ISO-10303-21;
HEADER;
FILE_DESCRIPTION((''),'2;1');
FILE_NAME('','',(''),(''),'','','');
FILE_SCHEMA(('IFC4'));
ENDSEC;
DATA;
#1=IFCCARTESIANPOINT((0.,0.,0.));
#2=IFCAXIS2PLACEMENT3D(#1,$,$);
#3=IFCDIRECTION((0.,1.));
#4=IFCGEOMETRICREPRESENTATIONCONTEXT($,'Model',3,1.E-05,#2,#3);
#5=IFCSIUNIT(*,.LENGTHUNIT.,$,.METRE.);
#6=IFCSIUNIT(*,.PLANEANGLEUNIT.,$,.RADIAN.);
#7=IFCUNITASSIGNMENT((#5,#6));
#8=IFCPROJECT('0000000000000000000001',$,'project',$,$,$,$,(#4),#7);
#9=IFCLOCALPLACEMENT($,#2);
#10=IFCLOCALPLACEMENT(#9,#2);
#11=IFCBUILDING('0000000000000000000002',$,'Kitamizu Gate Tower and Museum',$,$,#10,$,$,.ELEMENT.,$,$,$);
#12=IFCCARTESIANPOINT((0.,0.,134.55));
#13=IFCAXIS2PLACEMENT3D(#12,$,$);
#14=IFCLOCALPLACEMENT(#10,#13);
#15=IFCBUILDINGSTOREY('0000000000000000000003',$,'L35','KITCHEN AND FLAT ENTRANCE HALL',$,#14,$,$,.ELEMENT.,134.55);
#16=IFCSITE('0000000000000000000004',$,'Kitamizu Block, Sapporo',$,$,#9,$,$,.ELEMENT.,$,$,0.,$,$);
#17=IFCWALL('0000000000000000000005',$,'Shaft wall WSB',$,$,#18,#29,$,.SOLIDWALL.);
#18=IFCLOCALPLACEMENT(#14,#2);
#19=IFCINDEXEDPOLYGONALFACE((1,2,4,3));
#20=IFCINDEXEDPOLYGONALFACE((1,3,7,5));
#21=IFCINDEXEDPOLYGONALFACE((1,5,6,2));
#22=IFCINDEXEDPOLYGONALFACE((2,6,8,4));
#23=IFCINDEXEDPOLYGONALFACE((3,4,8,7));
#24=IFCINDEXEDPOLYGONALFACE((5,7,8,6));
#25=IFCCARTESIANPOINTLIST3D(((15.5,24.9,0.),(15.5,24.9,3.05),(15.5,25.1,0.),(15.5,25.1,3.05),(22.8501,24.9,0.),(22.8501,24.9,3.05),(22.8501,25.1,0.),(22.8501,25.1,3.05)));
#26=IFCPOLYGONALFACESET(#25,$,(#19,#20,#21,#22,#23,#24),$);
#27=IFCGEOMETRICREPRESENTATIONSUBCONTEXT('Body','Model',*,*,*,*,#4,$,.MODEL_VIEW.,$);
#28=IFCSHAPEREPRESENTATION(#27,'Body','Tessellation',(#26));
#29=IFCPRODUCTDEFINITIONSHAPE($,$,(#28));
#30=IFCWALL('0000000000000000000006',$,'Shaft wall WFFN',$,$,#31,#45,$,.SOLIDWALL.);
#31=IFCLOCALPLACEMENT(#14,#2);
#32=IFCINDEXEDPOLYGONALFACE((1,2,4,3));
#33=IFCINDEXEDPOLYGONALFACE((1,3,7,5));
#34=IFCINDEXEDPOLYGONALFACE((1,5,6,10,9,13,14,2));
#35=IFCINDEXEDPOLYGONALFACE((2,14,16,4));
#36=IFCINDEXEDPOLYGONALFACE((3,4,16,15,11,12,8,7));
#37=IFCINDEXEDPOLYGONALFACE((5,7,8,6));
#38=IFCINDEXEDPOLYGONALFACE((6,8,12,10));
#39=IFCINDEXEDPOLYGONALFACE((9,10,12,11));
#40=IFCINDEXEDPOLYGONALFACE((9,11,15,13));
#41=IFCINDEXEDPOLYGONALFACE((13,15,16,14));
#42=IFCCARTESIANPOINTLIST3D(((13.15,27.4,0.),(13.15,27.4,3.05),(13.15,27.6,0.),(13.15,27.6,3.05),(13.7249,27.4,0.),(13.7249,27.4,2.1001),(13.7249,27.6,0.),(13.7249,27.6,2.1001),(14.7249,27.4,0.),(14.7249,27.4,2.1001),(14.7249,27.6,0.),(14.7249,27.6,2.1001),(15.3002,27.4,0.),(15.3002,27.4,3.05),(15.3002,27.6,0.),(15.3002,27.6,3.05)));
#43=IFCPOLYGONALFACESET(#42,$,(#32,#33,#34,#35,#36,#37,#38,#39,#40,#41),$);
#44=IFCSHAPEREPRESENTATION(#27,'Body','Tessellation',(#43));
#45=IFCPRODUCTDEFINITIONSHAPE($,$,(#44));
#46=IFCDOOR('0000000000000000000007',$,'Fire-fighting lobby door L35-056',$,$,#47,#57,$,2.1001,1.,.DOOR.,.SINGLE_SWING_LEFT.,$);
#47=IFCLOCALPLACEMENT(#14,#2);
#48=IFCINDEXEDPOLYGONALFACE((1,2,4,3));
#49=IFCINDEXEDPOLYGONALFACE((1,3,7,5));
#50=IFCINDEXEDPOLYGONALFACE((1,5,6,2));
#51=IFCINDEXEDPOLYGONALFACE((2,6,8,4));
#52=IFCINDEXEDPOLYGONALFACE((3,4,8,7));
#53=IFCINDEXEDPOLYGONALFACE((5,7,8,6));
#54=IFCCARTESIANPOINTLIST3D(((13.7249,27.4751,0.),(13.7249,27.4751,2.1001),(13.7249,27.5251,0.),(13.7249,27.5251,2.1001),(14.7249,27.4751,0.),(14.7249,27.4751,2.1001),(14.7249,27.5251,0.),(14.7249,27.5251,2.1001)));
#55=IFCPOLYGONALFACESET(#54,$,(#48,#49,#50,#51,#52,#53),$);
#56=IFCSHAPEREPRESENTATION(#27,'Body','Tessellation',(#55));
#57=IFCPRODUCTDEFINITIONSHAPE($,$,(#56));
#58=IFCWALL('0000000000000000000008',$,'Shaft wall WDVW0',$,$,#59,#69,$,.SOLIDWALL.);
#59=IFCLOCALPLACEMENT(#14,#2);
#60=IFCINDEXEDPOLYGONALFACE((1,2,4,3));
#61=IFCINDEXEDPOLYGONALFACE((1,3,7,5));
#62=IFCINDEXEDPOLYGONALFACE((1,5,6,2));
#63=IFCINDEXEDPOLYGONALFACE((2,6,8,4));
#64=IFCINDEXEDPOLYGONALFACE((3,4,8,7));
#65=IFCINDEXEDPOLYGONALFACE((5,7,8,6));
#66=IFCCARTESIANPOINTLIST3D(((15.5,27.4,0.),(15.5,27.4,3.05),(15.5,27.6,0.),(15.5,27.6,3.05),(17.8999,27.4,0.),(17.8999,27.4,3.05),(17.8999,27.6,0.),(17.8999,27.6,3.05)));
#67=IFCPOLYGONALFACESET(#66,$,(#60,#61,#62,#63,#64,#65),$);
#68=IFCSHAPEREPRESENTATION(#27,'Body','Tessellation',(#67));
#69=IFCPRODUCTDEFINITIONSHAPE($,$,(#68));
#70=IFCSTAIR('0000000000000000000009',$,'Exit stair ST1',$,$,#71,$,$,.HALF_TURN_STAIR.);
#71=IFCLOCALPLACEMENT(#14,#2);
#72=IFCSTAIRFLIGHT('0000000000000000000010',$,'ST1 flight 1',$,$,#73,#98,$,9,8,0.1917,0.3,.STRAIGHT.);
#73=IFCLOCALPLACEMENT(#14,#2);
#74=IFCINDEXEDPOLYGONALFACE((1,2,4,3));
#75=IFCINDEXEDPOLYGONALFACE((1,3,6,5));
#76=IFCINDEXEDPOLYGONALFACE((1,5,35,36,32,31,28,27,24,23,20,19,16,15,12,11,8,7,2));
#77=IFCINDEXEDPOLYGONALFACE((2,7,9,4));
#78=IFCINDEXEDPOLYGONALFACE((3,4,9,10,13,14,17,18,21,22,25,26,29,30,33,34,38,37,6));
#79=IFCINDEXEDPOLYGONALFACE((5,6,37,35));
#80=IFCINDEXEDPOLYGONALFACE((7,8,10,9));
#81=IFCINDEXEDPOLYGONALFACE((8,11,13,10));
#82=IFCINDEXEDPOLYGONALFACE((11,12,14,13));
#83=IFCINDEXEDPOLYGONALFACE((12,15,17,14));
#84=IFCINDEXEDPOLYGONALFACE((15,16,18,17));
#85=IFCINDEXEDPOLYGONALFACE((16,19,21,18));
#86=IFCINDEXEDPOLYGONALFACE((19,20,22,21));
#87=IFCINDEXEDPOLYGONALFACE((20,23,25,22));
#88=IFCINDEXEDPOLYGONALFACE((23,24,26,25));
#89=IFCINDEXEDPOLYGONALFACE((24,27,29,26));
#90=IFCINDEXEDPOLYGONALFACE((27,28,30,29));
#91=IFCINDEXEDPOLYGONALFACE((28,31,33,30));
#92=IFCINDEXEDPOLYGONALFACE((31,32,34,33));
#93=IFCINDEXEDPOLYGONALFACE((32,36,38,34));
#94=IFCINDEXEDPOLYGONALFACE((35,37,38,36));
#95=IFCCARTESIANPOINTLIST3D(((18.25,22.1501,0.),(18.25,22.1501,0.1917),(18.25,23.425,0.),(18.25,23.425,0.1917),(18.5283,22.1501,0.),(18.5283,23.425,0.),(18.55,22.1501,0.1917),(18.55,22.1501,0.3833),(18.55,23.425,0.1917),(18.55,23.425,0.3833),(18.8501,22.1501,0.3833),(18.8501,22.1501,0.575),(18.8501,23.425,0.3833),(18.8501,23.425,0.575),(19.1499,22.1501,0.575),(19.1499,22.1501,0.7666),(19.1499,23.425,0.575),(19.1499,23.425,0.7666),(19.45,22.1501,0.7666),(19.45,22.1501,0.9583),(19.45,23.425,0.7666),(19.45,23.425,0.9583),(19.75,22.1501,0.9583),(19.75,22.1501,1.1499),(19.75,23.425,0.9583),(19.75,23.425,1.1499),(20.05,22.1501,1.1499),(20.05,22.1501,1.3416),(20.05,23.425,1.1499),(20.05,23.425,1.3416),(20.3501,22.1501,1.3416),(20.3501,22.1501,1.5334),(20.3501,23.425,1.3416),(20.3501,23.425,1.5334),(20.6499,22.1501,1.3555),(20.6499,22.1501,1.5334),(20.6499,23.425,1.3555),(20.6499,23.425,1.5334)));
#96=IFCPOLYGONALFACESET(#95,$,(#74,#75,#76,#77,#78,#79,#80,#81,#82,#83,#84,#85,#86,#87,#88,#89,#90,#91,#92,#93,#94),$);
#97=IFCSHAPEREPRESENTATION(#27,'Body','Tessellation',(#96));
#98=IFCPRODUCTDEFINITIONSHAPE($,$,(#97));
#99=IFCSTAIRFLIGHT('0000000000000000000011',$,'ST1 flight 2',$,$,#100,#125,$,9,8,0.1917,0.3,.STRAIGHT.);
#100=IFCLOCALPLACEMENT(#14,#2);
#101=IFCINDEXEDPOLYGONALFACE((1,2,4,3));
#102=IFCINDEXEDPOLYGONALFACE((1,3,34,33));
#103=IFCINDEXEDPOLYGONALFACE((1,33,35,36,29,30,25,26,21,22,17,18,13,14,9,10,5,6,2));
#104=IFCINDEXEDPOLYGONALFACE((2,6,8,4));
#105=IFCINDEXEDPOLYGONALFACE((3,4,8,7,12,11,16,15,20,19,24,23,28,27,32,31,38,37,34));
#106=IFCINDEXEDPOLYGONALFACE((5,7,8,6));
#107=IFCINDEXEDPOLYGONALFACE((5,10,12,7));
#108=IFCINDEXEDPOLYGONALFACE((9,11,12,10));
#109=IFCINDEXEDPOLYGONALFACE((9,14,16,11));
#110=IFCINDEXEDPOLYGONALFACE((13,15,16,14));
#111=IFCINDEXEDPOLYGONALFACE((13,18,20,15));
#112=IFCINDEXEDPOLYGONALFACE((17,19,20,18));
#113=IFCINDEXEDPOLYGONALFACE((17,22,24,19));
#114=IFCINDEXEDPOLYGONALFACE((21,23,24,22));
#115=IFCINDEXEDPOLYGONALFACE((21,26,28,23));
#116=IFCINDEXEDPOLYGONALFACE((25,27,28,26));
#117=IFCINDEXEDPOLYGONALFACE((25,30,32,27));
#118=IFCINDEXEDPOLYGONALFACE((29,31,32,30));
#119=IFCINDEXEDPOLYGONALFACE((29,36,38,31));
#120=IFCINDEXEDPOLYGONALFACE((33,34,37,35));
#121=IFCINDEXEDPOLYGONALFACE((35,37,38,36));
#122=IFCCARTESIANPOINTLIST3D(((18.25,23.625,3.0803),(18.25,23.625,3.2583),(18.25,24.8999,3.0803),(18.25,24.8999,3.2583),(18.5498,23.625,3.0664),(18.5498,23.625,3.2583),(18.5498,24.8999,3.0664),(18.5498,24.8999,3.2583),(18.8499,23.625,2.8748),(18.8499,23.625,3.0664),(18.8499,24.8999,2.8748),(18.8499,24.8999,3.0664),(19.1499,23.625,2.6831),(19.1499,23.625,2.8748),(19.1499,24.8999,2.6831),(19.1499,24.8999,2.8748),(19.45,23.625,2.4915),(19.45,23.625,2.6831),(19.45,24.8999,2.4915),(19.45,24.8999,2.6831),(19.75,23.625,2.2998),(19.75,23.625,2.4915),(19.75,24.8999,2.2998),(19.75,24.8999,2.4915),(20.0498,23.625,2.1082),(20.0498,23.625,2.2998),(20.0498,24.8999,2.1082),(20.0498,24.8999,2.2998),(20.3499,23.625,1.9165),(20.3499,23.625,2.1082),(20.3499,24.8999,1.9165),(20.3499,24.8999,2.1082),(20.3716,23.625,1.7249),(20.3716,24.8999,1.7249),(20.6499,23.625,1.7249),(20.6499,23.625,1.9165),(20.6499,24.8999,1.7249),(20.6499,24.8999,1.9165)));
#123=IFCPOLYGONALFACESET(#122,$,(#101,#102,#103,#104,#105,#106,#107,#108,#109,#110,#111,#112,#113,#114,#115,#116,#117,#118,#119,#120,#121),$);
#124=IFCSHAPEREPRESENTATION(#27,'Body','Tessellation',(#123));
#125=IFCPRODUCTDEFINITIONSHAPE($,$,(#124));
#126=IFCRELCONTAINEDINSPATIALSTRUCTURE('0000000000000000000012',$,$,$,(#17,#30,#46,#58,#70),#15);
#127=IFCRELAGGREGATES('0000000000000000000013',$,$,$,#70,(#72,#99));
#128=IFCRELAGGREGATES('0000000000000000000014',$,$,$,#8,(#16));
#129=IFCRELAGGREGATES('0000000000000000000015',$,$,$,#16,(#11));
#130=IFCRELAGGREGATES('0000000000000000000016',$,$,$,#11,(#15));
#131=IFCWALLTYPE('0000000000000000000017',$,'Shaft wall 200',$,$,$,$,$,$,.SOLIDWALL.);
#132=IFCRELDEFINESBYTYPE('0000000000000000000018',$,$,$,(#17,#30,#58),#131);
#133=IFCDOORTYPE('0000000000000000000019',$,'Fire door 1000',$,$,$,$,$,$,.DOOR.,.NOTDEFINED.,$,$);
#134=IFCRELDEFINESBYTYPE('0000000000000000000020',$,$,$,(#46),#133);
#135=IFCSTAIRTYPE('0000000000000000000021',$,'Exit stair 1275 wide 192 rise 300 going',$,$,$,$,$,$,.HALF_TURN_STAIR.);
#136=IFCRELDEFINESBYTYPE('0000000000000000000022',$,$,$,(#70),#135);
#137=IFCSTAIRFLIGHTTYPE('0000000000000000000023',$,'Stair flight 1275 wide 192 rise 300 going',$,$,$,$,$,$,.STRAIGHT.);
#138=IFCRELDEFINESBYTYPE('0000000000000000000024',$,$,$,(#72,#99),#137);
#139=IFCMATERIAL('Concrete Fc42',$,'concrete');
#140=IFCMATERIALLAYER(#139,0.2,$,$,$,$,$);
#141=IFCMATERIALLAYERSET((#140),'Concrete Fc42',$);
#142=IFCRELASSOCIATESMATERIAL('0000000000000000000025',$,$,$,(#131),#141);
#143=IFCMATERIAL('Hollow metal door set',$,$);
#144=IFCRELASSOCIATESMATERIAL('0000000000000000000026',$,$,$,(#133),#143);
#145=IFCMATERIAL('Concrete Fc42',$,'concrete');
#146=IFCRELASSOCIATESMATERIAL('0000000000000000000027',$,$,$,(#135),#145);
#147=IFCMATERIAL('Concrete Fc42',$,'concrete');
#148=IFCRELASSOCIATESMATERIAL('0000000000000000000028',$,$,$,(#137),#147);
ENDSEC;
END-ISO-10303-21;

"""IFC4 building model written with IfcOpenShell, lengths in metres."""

from ifc_helpers import new_model, si_unit, direction, frame, frame_2d, origin, place, context, subcontext, project, spatial, polyline, rectangle, outline, extrude, material, layer, layer_set, type_object, element, fill, aggregate, save


model = new_model("IFC4")

# Units and contexts
model_context = context("Model", 3, precision=1e-05, world=origin(), true_north=direction((0.0, 1.0)))
body_context = subcontext(model_context, "Body", "Model", "MODEL_VIEW")
ifc_project = project(units=[si_unit("LENGTHUNIT", "METRE"), si_unit("PLANEANGLEUNIT", "RADIAN")], contexts=[model_context])

# Site, building, storey
site_placement = place(None, origin())
site = spatial("IfcSite", under=ifc_project, at=site_placement, Name="Kitamizu Block, Sapporo", CompositionType="ELEMENT", RefElevation=0.0)
building_placement = place(site_placement, origin())
building = spatial("IfcBuilding", under=site, at=building_placement, Name="Kitamizu Gate Tower and Museum", CompositionType="ELEMENT")
storey_placement = place(building_placement, frame((0.0, 0.0, 134.55)))
storey = spatial("IfcBuildingStorey", under=building, at=storey_placement, Name="L35", Description="KITCHEN AND FLAT ENTRANCE HALL", CompositionType="ELEMENT", Elevation=134.55)

# Shared definitions
ifc_material_1 = material(Name="Concrete Fc42", Category="concrete")
ifc_layer = layer(ifc_material_1, 0.2)
ifc_layer_set = layer_set([ifc_layer], Name="Concrete Fc42")
wall_type = type_object("IfcWallType", Name="Shaft wall 200", PredefinedType="SOLIDWALL", material=ifc_layer_set)
ifc_material_2 = material(Name="Hollow metal door set")
door_type_1 = type_object("IfcDoorType", Name="Fire door 1000", OperationType="NOTDEFINED", PredefinedType="DOOR", material=ifc_material_2)

# Wall
wall_1_placement = place(storey_placement, frame((15.5, 25.0, 0.0), z_axis=(0.0, 0.0, 1.0), x_axis=(1.0, 0.0, 0.0)))
element("IfcWall", 1, at=wall_1_placement, inside=storey, type_object=wall_type, Name="Shaft wall WSB", PredefinedType="SOLIDWALL", context=body_context, shape_type="SweptSolid", body=[
    extrude(rectangle(XDim=7.3501, YDim=0.2, at=frame_2d((3.675, 0.0))), origin(), (0.0, 0.0, 1.0), 3.05),
])

# Wall, opening, door
wall_2_placement = place(storey_placement, frame((13.1499, 27.5, 0.0), z_axis=(0.0, 0.0, 1.0), x_axis=(1.0, 0.0, 0.0)))
wall_2 = element("IfcWall", 2, at=wall_2_placement, inside=storey, type_object=wall_type, Name="Shaft wall WFFN", PredefinedType="SOLIDWALL", context=body_context, shape_type="SweptSolid", body=[
    extrude(rectangle(XDim=2.1501, YDim=0.2, at=frame_2d((1.0752, 0.0))), origin(), (0.0, 0.0, 1.0), 3.05),
])
opening_1_placement = place(wall_2_placement, frame((0.575, 0.0, 0.0)))
opening_1 = element("IfcOpeningElement", 3, at=opening_1_placement, cuts=wall_2, PredefinedType="OPENING", context=body_context, shape_type="SweptSolid", body=[
    extrude(rectangle(XDim=1.0, YDim=2.1001, at=frame_2d((0.5, 1.05))), frame((0.0, 0.1099, 0.0), z_axis=(0.0, -1.0, 0.0), x_axis=(1.0, 0.0, 0.0)), (0.0, 0.0, 1.0), 0.22),
])
door_1_placement = place(opening_1_placement, frame((1.0, 0.0, 0.0), x_axis=(-1.0, 0.0, 0.0)))
door_1 = element("IfcDoor", 4, at=door_1_placement, inside=storey, type_object=door_type_1, Name="Fire-fighting lobby door L35-056", OperationType="SINGLE_SWING_LEFT", OverallHeight=2.1001, OverallWidth=1.0, PredefinedType="DOOR", context=body_context, shape_type="SweptSolid", body=[
    extrude(rectangle(XDim=1.0, YDim=2.1001, at=frame_2d((0.5, 1.05))), frame((0.0, 0.0249, 0.0), z_axis=(0.0, -1.0, 0.0), x_axis=(1.0, 0.0, 0.0)), (0.0, 0.0, 1.0), 0.05),
])
fill(opening_1, door_1)

# Wall
wall_3_placement = place(storey_placement, frame((15.5, 27.5, 0.0), z_axis=(0.0, 0.0, 1.0), x_axis=(1.0, 0.0, 0.0)))
element("IfcWall", 5, at=wall_3_placement, inside=storey, type_object=wall_type, Name="Shaft wall WDVW0", PredefinedType="SOLIDWALL", context=body_context, shape_type="SweptSolid", body=[
    extrude(rectangle(XDim=2.3999, YDim=0.2, at=frame_2d((1.2, 0.0))), origin(), (0.0, 0.0, 1.0), 3.05),
])

# Stair, stair flights
ifc_material_3 = material(Name="Concrete Fc42", Category="concrete")
stair_type = type_object("IfcStairType", Name="Exit stair 1275 wide 192 rise 300 going", PredefinedType="HALF_TURN_STAIR", material=ifc_material_3)
stair_placement = place(storey_placement, origin())
stair = element("IfcStair", 6, at=stair_placement, inside=storey, type_object=stair_type, Name="Exit stair ST1", PredefinedType="HALF_TURN_STAIR")
ifc_material_4 = material(Name="Concrete Fc42", Category="concrete")
stair_flight_type = type_object("IfcStairFlightType", Name="Stair flight 1275 wide 192 rise 300 going", PredefinedType="STRAIGHT", material=ifc_material_4)
stair_flight_1_placement = place(storey_placement, frame((18.25, 22.7876, 0.0), z_axis=(0.0, 0.0, 1.0), x_axis=(1.0, 0.0, 0.0)))
stair_flight_1 = element("IfcStairFlight", 7, at=stair_flight_1_placement, type_object=stair_flight_type, Name="ST1 flight 1", NumberOfRisers=9, NumberOfTreads=8, PredefinedType="STRAIGHT", RiserHeight=0.1917, TreadLength=0.3, context=body_context, shape_type="SweptSolid", body=[
    extrude(outline(polyline([(0.0, 0.0), (0.0, 0.1917), (0.3, 0.1917), (0.3, 0.3833), (0.6001, 0.3833), (0.6001, 0.575), (0.8999, 0.575), (0.8999, 0.7666), (1.2, 0.7666), (1.2, 0.9583), (1.5, 0.9583), (1.5, 1.1499), (1.8, 1.1499), (1.8, 1.3416), (2.1001, 1.3416), (2.1001, 1.5334), (2.3999, 1.5334), (2.3999, 1.7251), (2.3999, 1.3555), (0.2783, 0.0), (0.0, 0.0)])), frame((0.0, 0.6375, 0.0), z_axis=(0.0, -1.0, 0.0), x_axis=(1.0, 0.0, 0.0)), (0.0, 0.0, 1.0), 1.2749),
])
stair_flight_2_placement = place(storey_placement, frame((20.6499, 24.2625, 1.7249), z_axis=(0.0, 0.0, 1.0), x_axis=(-1.0, 0.0, 0.0)))
stair_flight_2 = element("IfcStairFlight", 8, at=stair_flight_2_placement, type_object=stair_flight_type, Name="ST1 flight 2", NumberOfRisers=9, NumberOfTreads=8, PredefinedType="STRAIGHT", RiserHeight=0.1917, TreadLength=0.3, context=body_context, shape_type="SweptSolid", body=[
    extrude(outline(polyline([(0.0, 0.0), (0.0, 0.1917), (0.3, 0.1917), (0.3, 0.3833), (0.6001, 0.3833), (0.6001, 0.575), (0.8999, 0.575), (0.8999, 0.7666), (1.2, 0.7666), (1.2, 0.9583), (1.5, 0.9583), (1.5, 1.1499), (1.8, 1.1499), (1.8, 1.3416), (2.1001, 1.3416), (2.1001, 1.5334), (2.3999, 1.5334), (2.3999, 1.7251), (2.3999, 1.3555), (0.2783, 0.0), (0.0, 0.0)])), frame((0.0, 0.6375, 0.0), z_axis=(0.0, -1.0, 0.0), x_axis=(1.0, 0.0, 0.0)), (0.0, 0.0, 1.0), 1.2749),
])
aggregate(stair, [stair_flight_1, stair_flight_2])

save(model, "model.ifc")
